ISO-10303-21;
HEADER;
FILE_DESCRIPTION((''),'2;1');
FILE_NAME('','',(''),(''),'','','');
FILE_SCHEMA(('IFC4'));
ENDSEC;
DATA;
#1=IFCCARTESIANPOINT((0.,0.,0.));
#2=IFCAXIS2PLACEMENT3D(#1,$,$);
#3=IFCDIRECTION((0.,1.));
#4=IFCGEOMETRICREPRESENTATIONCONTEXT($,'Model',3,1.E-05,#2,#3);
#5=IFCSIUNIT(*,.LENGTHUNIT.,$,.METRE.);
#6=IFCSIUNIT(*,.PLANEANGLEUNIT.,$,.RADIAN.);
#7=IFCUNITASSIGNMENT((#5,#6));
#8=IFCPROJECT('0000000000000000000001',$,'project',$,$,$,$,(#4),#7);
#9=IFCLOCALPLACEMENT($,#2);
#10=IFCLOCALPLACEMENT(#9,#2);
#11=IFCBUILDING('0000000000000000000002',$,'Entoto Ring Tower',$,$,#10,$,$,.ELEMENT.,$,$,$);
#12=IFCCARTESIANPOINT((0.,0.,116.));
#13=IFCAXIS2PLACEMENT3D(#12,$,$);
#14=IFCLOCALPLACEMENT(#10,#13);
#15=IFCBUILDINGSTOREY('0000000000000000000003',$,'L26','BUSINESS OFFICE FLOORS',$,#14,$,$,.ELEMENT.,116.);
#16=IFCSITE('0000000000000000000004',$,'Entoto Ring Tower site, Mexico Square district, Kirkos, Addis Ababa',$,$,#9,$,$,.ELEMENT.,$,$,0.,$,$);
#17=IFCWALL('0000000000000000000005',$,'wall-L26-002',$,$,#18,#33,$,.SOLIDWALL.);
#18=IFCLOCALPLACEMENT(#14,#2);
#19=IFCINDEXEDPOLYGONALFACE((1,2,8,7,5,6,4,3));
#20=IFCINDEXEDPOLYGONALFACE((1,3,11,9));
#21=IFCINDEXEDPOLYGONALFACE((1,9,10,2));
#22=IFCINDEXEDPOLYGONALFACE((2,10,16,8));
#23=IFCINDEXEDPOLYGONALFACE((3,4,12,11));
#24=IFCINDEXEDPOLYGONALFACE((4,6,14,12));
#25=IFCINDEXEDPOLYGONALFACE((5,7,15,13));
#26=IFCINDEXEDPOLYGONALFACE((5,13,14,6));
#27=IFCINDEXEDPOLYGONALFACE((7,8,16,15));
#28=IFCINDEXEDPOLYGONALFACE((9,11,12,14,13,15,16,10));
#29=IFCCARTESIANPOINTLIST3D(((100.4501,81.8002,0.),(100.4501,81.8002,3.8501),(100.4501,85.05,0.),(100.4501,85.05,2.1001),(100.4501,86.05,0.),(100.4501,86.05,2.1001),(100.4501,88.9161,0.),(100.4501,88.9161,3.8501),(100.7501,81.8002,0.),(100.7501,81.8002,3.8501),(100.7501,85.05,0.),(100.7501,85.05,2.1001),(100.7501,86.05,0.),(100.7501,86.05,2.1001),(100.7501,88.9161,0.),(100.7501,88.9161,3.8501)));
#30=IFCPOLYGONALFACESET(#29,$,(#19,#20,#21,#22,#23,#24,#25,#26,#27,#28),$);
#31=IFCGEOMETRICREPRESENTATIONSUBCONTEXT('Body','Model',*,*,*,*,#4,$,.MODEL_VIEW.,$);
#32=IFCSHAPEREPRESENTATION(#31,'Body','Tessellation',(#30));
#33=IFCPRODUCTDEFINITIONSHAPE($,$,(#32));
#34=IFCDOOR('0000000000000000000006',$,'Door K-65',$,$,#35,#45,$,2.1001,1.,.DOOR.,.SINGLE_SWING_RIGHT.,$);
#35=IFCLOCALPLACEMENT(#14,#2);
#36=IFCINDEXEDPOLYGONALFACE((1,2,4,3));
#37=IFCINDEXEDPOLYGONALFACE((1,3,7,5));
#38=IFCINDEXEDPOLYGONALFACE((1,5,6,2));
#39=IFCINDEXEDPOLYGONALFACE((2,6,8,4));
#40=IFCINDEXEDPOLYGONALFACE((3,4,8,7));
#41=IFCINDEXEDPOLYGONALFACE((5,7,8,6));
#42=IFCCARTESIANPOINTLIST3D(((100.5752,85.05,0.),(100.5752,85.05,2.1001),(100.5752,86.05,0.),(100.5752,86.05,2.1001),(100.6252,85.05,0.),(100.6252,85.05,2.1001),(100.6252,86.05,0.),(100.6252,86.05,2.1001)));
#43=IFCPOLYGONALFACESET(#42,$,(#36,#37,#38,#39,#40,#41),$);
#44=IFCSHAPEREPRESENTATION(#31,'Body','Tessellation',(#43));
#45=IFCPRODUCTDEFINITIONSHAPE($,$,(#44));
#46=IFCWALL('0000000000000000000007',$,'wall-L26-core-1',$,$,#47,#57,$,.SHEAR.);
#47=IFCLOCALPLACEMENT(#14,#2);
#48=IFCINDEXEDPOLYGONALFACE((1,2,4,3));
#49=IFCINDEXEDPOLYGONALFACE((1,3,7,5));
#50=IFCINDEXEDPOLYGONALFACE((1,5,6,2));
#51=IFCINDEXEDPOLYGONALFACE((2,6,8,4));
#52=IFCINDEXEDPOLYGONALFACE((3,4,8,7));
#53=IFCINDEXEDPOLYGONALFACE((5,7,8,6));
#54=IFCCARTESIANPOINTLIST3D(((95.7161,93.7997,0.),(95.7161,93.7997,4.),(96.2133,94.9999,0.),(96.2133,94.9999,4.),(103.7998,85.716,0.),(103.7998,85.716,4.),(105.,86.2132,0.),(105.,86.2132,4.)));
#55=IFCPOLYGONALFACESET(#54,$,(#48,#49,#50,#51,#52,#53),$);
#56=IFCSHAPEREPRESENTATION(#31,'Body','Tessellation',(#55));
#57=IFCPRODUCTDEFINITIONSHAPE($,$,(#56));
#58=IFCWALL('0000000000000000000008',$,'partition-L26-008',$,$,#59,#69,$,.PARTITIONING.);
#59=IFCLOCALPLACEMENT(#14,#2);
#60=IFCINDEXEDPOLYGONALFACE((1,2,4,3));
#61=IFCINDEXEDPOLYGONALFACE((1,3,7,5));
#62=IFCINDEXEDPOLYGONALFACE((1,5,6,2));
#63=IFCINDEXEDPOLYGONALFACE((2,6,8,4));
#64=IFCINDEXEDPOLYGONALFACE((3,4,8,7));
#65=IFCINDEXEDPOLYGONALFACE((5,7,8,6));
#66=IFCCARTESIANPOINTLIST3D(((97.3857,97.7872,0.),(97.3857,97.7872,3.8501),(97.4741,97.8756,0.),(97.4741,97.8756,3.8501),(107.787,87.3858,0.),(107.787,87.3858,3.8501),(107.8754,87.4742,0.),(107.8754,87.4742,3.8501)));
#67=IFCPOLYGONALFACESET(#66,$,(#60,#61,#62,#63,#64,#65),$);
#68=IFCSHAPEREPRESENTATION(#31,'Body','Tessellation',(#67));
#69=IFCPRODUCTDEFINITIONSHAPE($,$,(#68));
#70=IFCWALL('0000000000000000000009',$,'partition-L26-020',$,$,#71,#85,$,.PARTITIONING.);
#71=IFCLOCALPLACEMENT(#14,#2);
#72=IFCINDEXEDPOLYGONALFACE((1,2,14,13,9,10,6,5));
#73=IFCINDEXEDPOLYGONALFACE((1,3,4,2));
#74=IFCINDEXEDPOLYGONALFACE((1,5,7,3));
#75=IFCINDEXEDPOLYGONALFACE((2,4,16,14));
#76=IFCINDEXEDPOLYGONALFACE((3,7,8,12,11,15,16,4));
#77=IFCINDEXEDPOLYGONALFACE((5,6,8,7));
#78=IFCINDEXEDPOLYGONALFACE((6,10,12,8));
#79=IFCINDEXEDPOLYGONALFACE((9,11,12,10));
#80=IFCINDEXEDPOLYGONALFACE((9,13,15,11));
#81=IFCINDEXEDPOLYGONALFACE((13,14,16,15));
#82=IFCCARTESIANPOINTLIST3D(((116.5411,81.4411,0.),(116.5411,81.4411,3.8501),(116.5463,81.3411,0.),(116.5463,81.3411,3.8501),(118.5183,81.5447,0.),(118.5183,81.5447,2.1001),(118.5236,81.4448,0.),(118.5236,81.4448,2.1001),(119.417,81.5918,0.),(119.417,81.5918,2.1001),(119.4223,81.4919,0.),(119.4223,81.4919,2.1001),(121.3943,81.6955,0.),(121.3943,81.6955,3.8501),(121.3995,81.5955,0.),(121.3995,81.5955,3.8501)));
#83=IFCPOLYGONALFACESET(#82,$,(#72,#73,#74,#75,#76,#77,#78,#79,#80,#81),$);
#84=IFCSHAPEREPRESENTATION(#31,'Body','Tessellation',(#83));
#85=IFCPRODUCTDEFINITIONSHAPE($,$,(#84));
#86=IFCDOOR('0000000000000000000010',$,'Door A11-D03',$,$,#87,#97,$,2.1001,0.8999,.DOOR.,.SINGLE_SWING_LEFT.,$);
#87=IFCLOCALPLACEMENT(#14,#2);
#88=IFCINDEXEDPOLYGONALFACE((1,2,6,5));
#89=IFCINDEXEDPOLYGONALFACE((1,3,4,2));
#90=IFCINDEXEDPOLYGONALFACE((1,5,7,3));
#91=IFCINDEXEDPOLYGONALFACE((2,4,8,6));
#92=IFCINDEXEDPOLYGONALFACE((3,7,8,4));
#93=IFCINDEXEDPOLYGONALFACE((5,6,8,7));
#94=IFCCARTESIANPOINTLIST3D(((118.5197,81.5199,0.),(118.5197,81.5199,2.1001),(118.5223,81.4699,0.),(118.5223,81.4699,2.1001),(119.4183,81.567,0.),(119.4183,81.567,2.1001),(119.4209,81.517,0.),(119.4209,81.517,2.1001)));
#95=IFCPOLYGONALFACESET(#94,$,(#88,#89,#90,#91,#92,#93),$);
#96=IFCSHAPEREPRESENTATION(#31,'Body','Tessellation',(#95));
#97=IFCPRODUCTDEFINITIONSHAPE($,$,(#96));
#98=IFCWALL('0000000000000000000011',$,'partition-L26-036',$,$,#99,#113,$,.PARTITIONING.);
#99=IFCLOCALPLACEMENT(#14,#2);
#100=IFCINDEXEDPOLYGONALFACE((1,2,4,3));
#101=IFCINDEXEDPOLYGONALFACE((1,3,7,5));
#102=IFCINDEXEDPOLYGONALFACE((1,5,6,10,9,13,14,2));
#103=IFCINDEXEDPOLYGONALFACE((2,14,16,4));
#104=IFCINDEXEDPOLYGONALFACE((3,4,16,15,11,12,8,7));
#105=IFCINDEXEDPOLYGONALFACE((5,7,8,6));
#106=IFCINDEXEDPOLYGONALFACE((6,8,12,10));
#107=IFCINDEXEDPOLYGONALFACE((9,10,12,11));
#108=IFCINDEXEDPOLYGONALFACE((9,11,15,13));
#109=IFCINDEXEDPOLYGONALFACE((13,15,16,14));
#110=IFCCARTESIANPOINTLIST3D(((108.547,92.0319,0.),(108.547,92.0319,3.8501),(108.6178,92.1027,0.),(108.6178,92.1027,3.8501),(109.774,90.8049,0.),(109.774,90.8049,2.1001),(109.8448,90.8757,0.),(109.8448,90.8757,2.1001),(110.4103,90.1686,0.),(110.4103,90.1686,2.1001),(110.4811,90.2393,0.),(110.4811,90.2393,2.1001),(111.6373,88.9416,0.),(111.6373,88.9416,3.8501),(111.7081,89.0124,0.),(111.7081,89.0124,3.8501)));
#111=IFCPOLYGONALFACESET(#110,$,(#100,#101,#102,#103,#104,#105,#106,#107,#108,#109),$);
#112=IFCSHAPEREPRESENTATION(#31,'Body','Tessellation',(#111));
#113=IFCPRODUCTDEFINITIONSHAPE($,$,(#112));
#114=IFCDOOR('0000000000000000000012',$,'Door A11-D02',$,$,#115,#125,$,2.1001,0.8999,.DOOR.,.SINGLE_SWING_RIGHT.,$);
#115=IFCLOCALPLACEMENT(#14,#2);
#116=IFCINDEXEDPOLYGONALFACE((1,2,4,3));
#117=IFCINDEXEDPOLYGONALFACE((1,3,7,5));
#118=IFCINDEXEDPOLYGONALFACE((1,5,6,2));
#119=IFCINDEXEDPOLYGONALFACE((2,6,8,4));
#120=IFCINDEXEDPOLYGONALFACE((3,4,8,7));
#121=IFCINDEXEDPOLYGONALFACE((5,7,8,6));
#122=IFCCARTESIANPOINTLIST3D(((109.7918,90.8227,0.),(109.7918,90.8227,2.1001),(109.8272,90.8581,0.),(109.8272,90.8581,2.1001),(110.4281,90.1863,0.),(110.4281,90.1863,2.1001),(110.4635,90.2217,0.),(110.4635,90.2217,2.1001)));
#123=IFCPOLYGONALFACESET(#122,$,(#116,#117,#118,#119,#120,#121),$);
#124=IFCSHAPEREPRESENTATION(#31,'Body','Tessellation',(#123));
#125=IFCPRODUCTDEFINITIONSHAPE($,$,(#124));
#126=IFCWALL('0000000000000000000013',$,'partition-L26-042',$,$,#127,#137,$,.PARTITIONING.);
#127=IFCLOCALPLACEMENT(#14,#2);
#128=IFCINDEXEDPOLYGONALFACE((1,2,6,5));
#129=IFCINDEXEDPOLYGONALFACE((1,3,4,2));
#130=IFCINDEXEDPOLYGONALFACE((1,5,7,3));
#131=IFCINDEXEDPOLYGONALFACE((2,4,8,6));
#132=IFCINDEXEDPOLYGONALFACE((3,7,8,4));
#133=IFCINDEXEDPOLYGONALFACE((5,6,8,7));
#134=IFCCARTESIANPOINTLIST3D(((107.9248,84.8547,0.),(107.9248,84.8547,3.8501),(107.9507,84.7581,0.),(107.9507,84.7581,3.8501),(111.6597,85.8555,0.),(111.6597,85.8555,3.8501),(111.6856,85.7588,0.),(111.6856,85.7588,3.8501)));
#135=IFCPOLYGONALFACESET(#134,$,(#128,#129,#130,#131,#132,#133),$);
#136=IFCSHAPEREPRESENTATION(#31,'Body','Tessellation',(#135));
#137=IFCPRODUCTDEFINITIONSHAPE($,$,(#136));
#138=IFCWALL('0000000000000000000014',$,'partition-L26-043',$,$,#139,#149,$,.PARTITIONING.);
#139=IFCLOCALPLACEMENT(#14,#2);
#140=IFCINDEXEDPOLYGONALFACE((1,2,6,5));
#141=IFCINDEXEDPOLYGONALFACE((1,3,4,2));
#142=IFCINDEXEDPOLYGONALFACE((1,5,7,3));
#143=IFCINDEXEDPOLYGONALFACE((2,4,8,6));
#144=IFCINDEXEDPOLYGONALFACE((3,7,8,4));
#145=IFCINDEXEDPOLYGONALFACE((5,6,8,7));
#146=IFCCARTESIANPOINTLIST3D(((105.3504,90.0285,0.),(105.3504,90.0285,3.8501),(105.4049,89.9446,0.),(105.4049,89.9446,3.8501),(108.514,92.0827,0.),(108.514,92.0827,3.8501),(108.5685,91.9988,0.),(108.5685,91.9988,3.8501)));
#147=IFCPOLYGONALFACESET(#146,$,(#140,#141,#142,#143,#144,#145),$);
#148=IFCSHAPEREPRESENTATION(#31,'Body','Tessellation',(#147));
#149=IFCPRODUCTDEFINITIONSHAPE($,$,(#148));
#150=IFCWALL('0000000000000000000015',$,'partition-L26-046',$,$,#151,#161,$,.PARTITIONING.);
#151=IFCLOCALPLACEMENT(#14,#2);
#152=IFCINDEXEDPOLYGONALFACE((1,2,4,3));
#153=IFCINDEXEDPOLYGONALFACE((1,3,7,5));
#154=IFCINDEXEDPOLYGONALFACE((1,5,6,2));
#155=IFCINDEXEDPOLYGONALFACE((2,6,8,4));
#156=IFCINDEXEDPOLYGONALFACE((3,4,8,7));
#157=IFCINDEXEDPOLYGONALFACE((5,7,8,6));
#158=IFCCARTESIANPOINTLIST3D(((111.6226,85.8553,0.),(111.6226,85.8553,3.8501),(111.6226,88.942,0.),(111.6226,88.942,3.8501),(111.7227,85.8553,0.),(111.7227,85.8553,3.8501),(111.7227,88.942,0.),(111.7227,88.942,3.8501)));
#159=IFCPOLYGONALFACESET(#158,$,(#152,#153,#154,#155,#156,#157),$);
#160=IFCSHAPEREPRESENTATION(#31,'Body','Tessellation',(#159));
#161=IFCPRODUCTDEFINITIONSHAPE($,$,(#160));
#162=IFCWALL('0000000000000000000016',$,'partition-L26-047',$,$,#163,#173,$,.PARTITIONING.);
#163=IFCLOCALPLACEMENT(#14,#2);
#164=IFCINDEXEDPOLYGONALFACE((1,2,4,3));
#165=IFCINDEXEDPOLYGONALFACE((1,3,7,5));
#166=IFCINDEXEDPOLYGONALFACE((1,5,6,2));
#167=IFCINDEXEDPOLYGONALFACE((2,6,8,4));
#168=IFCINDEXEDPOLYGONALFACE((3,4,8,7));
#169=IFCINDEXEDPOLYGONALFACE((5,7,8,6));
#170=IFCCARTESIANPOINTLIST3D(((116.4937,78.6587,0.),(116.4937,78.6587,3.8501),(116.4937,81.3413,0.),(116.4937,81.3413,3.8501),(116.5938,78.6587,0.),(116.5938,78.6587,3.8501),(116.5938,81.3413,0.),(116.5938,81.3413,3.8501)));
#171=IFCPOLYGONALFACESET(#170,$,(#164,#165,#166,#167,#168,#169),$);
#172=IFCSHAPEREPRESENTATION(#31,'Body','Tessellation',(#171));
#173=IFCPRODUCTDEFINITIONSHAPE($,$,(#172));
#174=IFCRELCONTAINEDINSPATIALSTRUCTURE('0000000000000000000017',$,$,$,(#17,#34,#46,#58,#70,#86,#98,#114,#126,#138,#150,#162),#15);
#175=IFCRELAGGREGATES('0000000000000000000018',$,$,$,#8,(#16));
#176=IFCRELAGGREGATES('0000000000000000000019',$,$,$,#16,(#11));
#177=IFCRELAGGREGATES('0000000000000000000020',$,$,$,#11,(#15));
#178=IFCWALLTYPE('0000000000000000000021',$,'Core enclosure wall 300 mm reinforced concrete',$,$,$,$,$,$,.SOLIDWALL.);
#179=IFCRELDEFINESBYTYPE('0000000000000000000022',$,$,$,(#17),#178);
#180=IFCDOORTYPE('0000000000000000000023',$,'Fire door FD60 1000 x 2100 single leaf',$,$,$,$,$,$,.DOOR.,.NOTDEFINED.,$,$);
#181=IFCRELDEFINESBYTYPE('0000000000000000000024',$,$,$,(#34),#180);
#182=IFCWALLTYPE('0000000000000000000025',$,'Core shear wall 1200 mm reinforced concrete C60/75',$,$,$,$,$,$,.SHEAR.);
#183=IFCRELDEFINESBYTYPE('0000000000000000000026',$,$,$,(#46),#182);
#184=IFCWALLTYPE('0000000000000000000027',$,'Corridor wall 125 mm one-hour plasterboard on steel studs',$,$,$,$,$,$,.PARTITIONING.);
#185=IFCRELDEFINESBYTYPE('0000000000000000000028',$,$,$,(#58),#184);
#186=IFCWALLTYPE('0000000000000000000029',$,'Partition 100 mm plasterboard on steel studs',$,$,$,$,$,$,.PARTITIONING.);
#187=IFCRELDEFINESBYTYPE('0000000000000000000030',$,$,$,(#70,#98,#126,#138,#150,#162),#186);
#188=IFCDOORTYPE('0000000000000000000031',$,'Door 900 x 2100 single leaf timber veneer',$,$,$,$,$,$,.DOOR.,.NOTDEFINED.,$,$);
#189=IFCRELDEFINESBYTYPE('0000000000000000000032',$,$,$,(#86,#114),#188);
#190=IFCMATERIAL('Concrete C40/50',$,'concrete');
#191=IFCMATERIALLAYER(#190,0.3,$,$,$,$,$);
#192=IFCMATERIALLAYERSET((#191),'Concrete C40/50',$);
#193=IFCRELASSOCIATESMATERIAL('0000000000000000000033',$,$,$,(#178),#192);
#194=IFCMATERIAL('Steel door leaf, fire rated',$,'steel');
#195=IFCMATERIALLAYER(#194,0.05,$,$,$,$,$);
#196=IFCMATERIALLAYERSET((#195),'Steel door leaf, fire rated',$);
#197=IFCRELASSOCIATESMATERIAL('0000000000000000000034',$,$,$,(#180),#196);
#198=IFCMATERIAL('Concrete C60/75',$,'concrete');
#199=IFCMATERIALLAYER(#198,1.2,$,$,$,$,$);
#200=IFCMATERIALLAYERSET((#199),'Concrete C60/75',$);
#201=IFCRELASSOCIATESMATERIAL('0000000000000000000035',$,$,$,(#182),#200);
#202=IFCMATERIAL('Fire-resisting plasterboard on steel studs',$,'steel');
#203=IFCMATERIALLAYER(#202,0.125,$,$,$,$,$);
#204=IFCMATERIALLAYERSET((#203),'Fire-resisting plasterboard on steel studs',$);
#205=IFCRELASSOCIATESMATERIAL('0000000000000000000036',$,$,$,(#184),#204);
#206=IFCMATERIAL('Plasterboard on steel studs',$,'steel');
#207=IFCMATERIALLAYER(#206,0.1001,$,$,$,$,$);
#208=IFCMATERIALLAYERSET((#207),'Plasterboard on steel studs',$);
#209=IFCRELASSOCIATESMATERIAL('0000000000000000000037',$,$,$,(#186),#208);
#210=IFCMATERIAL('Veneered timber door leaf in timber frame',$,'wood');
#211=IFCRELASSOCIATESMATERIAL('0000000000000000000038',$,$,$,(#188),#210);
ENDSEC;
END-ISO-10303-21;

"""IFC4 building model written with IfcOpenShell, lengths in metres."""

from ifc_helpers import new_model, si_unit, direction, frame, frame_2d, origin, place, context, subcontext, project, spatial, polyline, rectangle, outline, extrude, material, layer, layer_set, type_object, element, fill, save


model = new_model("IFC4")

# Units and contexts
model_context = context("Model", 3, precision=1e-05, world=origin(), true_north=direction((0.0, 1.0)))
body_context = subcontext(model_context, "Body", "Model", "MODEL_VIEW")
ifc_project = project(units=[si_unit("LENGTHUNIT", "METRE"), si_unit("PLANEANGLEUNIT", "RADIAN")], contexts=[model_context])

# Site, building, storey
site_placement = place(None, origin())
site = spatial("IfcSite", under=ifc_project, at=site_placement, Name="Entoto Ring Tower site, Mexico Square district, Kirkos, Addis Ababa", CompositionType="ELEMENT", RefElevation=0.0)
building_placement = place(site_placement, origin())
building = spatial("IfcBuilding", under=site, at=building_placement, Name="Entoto Ring Tower", CompositionType="ELEMENT")
storey_placement = place(building_placement, frame((0.0, 0.0, 116.0)))
storey = spatial("IfcBuildingStorey", under=building, at=storey_placement, Name="L26", Description="BUSINESS OFFICE FLOORS", CompositionType="ELEMENT", Elevation=116.0)

# Wall, opening, door
ifc_material_1 = material(Name="Concrete C40/50", Category="concrete")
ifc_layer_1 = layer(ifc_material_1, 0.3)
ifc_layer_set_1 = layer_set([ifc_layer_1], Name="Concrete C40/50")
wall_type_1 = type_object("IfcWallType", Name="Core enclosure wall 300 mm reinforced concrete", PredefinedType="SOLIDWALL", material=ifc_layer_set_1)
wall_1_placement = place(storey_placement, frame((100.6001, 81.8, 0.0), z_axis=(0.0, 0.0, 1.0), x_axis=(0.0, 1.0, 0.0)))
wall_1 = element("IfcWall", 1, at=wall_1_placement, inside=storey, type_object=wall_type_1, Name="wall-L26-002", PredefinedType="SOLIDWALL", context=body_context, shape_type="SweptSolid", body=[
    extrude(rectangle(XDim=7.116, YDim=0.3, at=frame_2d((3.5581, 0.0))), origin(), (0.0, 0.0, 1.0), 3.8501),
])
opening_1_placement = place(wall_1_placement, frame((3.25, 0.0, 0.0)))
opening_1 = element("IfcOpeningElement", 2, at=opening_1_placement, cuts=wall_1, PredefinedType="OPENING", context=body_context, shape_type="SweptSolid", body=[
    extrude(rectangle(XDim=1.0, YDim=2.1001, at=frame_2d((0.5, 1.05))), frame((0.0, 0.1602, 0.0), z_axis=(0.0, -1.0, 0.0), x_axis=(1.0, 0.0, 0.0)), (0.0, 0.0, 1.0), 0.3201),
])
ifc_material_2 = material(Name="Steel door leaf, fire rated", Category="steel")
ifc_layer_2 = layer(ifc_material_2, 0.05)
ifc_layer_set_2 = layer_set([ifc_layer_2], Name="Steel door leaf, fire rated")
door_type_1 = type_object("IfcDoorType", Name="Fire door FD60 1000 x 2100 single leaf", OperationType="NOTDEFINED", PredefinedType="DOOR", material=ifc_layer_set_2)
door_1_placement = place(opening_1_placement, origin())
door_1 = element("IfcDoor", 3, at=door_1_placement, inside=storey, type_object=door_type_1, Name="Door K-65", OperationType="SINGLE_SWING_RIGHT", OverallHeight=2.1001, OverallWidth=1.0, PredefinedType="DOOR", context=body_context, shape_type="SweptSolid", body=[
    extrude(rectangle(XDim=1.0, YDim=2.1001, at=frame_2d((0.5, 1.05))), frame((0.0, 0.0249, 0.0), z_axis=(0.0, -1.0, 0.0), x_axis=(1.0, 0.0, 0.0)), (0.0, 0.0, 1.0), 0.05),
])
fill(opening_1, door_1)

# Walls
ifc_material_3 = material(Name="Concrete C60/75", Category="concrete")
ifc_layer_3 = layer(ifc_material_3, 1.2)
ifc_layer_set_3 = layer_set([ifc_layer_3], Name="Concrete C60/75")
wall_type_2 = type_object("IfcWallType", Name="Core shear wall 1200 mm reinforced concrete C60/75", PredefinedType="SHEAR", material=ifc_layer_set_3)
wall_2_placement = place(storey_placement, frame((104.3999, 85.9646, 0.0), z_axis=(0.0, 0.0, 1.0), x_axis=(-0.707107, 0.707107, 0.0)))
element("IfcWall", 4, at=wall_2_placement, inside=storey, type_object=wall_type_2, Name="wall-L26-core-1", PredefinedType="SHEAR", context=body_context, shape_type="SweptSolid", body=[
    extrude(outline(polyline([(-0.2485, -0.6001), (12.1777, -0.6001), (11.6807, 0.6001), (0.2485, 0.6001), (-0.2485, -0.6001)])), origin(), (0.0, 0.0, 1.0), 4.0),
])
ifc_material_4 = material(Name="Fire-resisting plasterboard on steel studs", Category="steel")
ifc_layer_4 = layer(ifc_material_4, 0.125)
ifc_layer_set_4 = layer_set([ifc_layer_4], Name="Fire-resisting plasterboard on steel studs")
wall_type_3 = type_object("IfcWallType", Name="Corridor wall 125 mm one-hour plasterboard on steel studs", PredefinedType="PARTITIONING", material=ifc_layer_set_4)
wall_3_placement = place(storey_placement, frame((107.8313, 87.4299, 0.0), z_axis=(0.0, 0.0, 1.0), x_axis=(-0.707107, 0.707107, 0.0)))
element("IfcWall", 5, at=wall_3_placement, inside=storey, type_object=wall_type_3, Name="partition-L26-008", PredefinedType="PARTITIONING", context=body_context, shape_type="SweptSolid", body=[
    extrude(rectangle(XDim=14.7097, YDim=0.125, at=frame_2d((7.355, 0.0))), origin(), (0.0, 0.0, 1.0), 3.8501),
])

# Walls, openings, doors
ifc_material_5 = material(Name="Plasterboard on steel studs", Category="steel")
ifc_layer_5 = layer(ifc_material_5, 0.1001)
ifc_layer_set_5 = layer_set([ifc_layer_5], Name="Plasterboard on steel studs")
wall_type_4 = type_object("IfcWallType", Name="Partition 100 mm plasterboard on steel studs", PredefinedType="PARTITIONING", material=ifc_layer_set_5)
wall_4_placement = place(storey_placement, frame((116.5437, 81.3911, 0.0), z_axis=(0.0, 0.0, 1.0), x_axis=(0.998629, 0.052345, 0.0)))
wall_4 = element("IfcWall", 6, at=wall_4_placement, inside=storey, type_object=wall_type_4, Name="partition-L26-020", PredefinedType="PARTITIONING", context=body_context, shape_type="SweptSolid", body=[
    extrude(rectangle(XDim=4.8599, YDim=0.1001, at=frame_2d((2.4299, 0.0))), origin(), (0.0, 0.0, 1.0), 3.8501),
])
opening_2_placement = place(wall_4_placement, frame((1.98, 0.0, 0.0)))
opening_2 = element("IfcOpeningElement", 7, at=opening_2_placement, cuts=wall_4, PredefinedType="OPENING", context=body_context, shape_type="SweptSolid", body=[
    extrude(rectangle(XDim=0.8999, YDim=2.1001, at=frame_2d((0.45, 1.05))), frame((0.0, 0.0601, 0.0), z_axis=(0.0, -1.0, 0.0), x_axis=(1.0, 0.0, 0.0)), (0.0, 0.0, 1.0), 0.1201),
])
ifc_material_6 = material(Name="Veneered timber door leaf in timber frame", Category="wood")
door_type_2 = type_object("IfcDoorType", Name="Door 900 x 2100 single leaf timber veneer", OperationType="NOTDEFINED", PredefinedType="DOOR", material=ifc_material_6)
door_2_placement = place(opening_2_placement, frame((0.8999, 0.0, 0.0), z_axis=(0.0, 0.0, 1.0), x_axis=(-1.0, 0.0, 0.0)))
door_2 = element("IfcDoor", 8, at=door_2_placement, inside=storey, type_object=door_type_2, Name="Door A11-D03", OperationType="SINGLE_SWING_LEFT", OverallHeight=2.1001, OverallWidth=0.8999, PredefinedType="DOOR", context=body_context, shape_type="SweptSolid", body=[
    extrude(rectangle(XDim=0.8999, YDim=2.1001, at=frame_2d((0.45, 1.05))), frame((0.0, 0.0249, 0.0), z_axis=(0.0, -1.0, 0.0), x_axis=(1.0, 0.0, 0.0)), (0.0, 0.0, 1.0), 0.05),
])
fill(opening_2, door_2)
wall_5_placement = place(storey_placement, frame((111.6726, 88.9771, 0.0), z_axis=(0.0, 0.0, 1.0), x_axis=(-0.707107, 0.707107, 0.0)))
wall_5 = element("IfcWall", 9, at=wall_5_placement, inside=storey, type_object=wall_type_4, Name="partition-L26-036", PredefinedType="PARTITIONING", context=body_context, shape_type="SweptSolid", body=[
    extrude(rectangle(XDim=4.3704, YDim=0.1001, at=frame_2d((2.1851, 0.0))), origin(), (0.0, 0.0, 1.0), 3.8501),
])
opening_3_placement = place(wall_5_placement, frame((1.7351, 0.0, 0.0)))
opening_3 = element("IfcOpeningElement", 10, at=opening_3_placement, cuts=wall_5, PredefinedType="OPENING", context=body_context, shape_type="SweptSolid", body=[
    extrude(rectangle(XDim=0.8999, YDim=2.1001, at=frame_2d((0.45, 1.05))), frame((0.0, 0.0601, 0.0), z_axis=(0.0, -1.0, 0.0), x_axis=(1.0, 0.0, 0.0)), (0.0, 0.0, 1.0), 0.1201),
])
door_3_placement = place(opening_3_placement, origin())
door_3 = element("IfcDoor", 11, at=door_3_placement, inside=storey, type_object=door_type_2, Name="Door A11-D02", OperationType="SINGLE_SWING_RIGHT", OverallHeight=2.1001, OverallWidth=0.8999, PredefinedType="DOOR", context=body_context, shape_type="SweptSolid", body=[
    extrude(rectangle(XDim=0.8999, YDim=2.1001, at=frame_2d((0.45, 1.05))), frame((0.0, 0.0249, 0.0), z_axis=(0.0, -1.0, 0.0), x_axis=(1.0, 0.0, 0.0)), (0.0, 0.0, 1.0), 0.05),
])
fill(opening_3, door_3)

# Walls
wall_6_placement = place(storey_placement, frame((107.9377, 84.8064, 0.0), z_axis=(0.0, 0.0, 1.0), x_axis=(0.965927, 0.258814, 0.0)))
element("IfcWall", 12, at=wall_6_placement, inside=storey, type_object=wall_type_4, Name="partition-L26-042", PredefinedType="PARTITIONING", context=body_context, shape_type="SweptSolid", body=[
    extrude(rectangle(XDim=3.8667, YDim=0.1001, at=frame_2d((1.9333, 0.0))), origin(), (0.0, 0.0, 1.0), 3.8501),
])
wall_7_placement = place(storey_placement, frame((105.3777, 89.9866, 0.0), z_axis=(0.0, 0.0, 1.0), x_axis=(0.838701, 0.544592, 0.0)))
element("IfcWall", 13, at=wall_7_placement, inside=storey, type_object=wall_type_4, Name="partition-L26-043", PredefinedType="PARTITIONING", context=body_context, shape_type="SweptSolid", body=[
    extrude(rectangle(XDim=3.772, YDim=0.1001, at=frame_2d((1.886, 0.0))), origin(), (0.0, 0.0, 1.0), 3.8501),
])
wall_8_placement = place(storey_placement, frame((111.6726, 85.8552, 0.0), z_axis=(0.0, 0.0, 1.0), x_axis=(0.0, 1.0, 0.0)))
element("IfcWall", 14, at=wall_8_placement, inside=storey, type_object=wall_type_4, Name="partition-L26-046", PredefinedType="PARTITIONING", context=body_context, shape_type="SweptSolid", body=[
    extrude(rectangle(XDim=3.0867, YDim=0.1001, at=frame_2d((1.5435, 0.0))), origin(), (0.0, 0.0, 1.0), 3.8501),
])
wall_9_placement = place(storey_placement, frame((116.5437, 78.6587, 0.0), z_axis=(0.0, 0.0, 1.0), x_axis=(0.0, 1.0, 0.0)))
element("IfcWall", 15, at=wall_9_placement, inside=storey, type_object=wall_type_4, Name="partition-L26-047", PredefinedType="PARTITIONING", context=body_context, shape_type="SweptSolid", body=[
    extrude(rectangle(XDim=2.6826, YDim=0.1001, at=frame_2d((1.3413, 0.0))), origin(), (0.0, 0.0, 1.0), 3.8501),
])

save(model, "model.ifc")
